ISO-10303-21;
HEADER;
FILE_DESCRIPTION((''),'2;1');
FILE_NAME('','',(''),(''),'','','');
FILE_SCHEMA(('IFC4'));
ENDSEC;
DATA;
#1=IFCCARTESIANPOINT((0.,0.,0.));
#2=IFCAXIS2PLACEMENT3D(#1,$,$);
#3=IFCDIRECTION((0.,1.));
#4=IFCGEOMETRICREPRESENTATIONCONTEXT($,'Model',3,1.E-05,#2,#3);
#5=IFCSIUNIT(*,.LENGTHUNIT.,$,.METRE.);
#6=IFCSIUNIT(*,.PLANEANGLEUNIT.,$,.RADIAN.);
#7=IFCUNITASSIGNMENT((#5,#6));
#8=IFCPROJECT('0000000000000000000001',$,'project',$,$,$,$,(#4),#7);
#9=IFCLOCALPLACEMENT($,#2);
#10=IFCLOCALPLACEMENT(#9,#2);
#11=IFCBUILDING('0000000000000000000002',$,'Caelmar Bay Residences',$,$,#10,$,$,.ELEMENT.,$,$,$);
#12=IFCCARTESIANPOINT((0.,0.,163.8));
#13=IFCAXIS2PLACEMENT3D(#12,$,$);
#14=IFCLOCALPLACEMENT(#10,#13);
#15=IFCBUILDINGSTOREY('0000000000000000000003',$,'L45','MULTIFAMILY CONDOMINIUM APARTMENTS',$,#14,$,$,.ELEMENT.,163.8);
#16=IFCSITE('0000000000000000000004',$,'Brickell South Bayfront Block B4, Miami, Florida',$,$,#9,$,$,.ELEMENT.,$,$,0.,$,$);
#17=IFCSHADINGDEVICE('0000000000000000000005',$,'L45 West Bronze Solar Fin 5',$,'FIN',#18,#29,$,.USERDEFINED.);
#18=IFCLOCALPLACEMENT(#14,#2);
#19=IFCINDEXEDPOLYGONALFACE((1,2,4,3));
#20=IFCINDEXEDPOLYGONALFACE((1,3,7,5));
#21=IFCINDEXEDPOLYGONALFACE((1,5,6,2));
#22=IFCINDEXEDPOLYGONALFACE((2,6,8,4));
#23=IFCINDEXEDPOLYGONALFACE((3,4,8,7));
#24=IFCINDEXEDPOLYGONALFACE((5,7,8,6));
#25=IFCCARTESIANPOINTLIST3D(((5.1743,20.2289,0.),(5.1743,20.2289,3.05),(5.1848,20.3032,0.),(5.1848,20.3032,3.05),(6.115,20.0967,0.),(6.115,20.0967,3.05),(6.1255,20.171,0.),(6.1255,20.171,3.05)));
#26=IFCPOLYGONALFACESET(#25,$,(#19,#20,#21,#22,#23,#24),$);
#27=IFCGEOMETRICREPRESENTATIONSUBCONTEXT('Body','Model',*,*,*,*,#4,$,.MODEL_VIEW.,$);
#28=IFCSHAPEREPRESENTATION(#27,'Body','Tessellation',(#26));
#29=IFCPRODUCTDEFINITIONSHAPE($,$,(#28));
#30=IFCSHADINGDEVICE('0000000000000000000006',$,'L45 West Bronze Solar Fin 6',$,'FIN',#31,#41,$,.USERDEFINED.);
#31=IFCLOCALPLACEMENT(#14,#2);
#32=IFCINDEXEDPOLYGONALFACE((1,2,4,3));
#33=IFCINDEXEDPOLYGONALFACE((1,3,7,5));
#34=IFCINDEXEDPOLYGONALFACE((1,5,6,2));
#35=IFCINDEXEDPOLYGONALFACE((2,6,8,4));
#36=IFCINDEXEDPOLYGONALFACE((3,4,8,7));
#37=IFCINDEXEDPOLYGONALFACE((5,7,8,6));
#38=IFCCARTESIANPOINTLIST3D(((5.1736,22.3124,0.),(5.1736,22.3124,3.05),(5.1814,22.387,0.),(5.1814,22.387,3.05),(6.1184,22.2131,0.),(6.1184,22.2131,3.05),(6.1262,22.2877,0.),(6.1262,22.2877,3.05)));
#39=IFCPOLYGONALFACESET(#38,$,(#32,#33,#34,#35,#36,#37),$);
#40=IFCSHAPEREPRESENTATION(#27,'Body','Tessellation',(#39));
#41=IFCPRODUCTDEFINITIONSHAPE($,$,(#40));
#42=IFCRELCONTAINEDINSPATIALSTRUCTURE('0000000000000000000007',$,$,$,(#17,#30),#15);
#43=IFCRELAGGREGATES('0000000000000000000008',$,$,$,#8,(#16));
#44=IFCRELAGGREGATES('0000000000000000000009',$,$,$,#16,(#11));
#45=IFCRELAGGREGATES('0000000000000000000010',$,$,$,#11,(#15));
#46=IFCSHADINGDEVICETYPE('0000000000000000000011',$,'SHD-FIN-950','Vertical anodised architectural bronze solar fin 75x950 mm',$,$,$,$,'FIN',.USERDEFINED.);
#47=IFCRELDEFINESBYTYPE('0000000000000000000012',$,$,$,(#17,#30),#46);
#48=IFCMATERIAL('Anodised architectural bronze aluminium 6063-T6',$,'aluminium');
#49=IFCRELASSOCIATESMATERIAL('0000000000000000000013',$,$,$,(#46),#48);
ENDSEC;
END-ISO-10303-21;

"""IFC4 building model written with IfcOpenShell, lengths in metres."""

from ifc_helpers import new_model, si_unit, direction, frame, origin, origin_2d, place, context, subcontext, project, spatial, rectangle, extrude, material, material_profile, profile_set, type_object, element, save


model = new_model("IFC4")

# Units and contexts
model_context = context("Model", 3, precision=1e-05, world=origin(), true_north=direction((0.0, 1.0)))
body_context = subcontext(model_context, "Body", "Model", "MODEL_VIEW")
ifc_project = project(units=[si_unit("LENGTHUNIT", "METRE"), si_unit("PLANEANGLEUNIT", "RADIAN")], contexts=[model_context])

# Site, building, storey
site_placement = place(None, origin())
site = spatial("IfcSite", under=ifc_project, at=site_placement, Name="Brickell South Bayfront Block B4, Miami, Florida", CompositionType="ELEMENT", RefElevation=0.0)
building_placement = place(site_placement, origin())
building = spatial("IfcBuilding", under=site, at=building_placement, Name="Caelmar Bay Residences", CompositionType="ELEMENT")
storey_placement = place(building_placement, frame((0.0, 0.0, 163.8)))
storey = spatial("IfcBuildingStorey", under=building, at=storey_placement, Name="L45", Description="MULTIFAMILY CONDOMINIUM APARTMENTS", CompositionType="ELEMENT", Elevation=163.8)

# Shading devices
ifc_material_1 = material(Name="Anodised architectural bronze aluminium 6063-T6", Category="aluminium")
ifc_material_profile_1 = material_profile(ifc_material_1, rectangle(XDim=0.075, YDim=0.95, at=origin_2d()), Name="BRONZE-FIN-75X950")
ifc_profile_set_1 = profile_set([ifc_material_profile_1], Name="Anodised architectural bronze aluminium 6063-T6")
shading_device_type = type_object("IfcShadingDeviceType", Name="SHD-FIN-950", Description="Vertical anodised architectural bronze solar fin 75x950 mm", ElementType="FIN", PredefinedType="USERDEFINED", material=ifc_profile_set_1)
for number, where, z_axis, x_axis, name in (
    (1, (5.6499, 20.2, 0.0), (0.0, 0.0, 1.0), (0.139173, 0.990268, 0.0), "L45 West Bronze Solar Fin 5"),
    (2, (5.6499, 22.3, 0.0), (0.0, 0.0, 1.0), (0.104528, 0.994522, 0.0), "L45 West Bronze Solar Fin 6"),
):
    element("IfcShadingDevice", number, at=place(storey_placement, frame(where, z_axis=z_axis, x_axis=x_axis)), inside=storey, type_object=shading_device_type, Name=name, ObjectType="FIN", PredefinedType="USERDEFINED", context=body_context, shape_type="SweptSolid", body=[
        extrude(rectangle(XDim=0.075, YDim=0.95, at=origin_2d()), origin(), (0.0, 0.0, 1.0), 3.05),
    ])

save(model, "model.ifc")
